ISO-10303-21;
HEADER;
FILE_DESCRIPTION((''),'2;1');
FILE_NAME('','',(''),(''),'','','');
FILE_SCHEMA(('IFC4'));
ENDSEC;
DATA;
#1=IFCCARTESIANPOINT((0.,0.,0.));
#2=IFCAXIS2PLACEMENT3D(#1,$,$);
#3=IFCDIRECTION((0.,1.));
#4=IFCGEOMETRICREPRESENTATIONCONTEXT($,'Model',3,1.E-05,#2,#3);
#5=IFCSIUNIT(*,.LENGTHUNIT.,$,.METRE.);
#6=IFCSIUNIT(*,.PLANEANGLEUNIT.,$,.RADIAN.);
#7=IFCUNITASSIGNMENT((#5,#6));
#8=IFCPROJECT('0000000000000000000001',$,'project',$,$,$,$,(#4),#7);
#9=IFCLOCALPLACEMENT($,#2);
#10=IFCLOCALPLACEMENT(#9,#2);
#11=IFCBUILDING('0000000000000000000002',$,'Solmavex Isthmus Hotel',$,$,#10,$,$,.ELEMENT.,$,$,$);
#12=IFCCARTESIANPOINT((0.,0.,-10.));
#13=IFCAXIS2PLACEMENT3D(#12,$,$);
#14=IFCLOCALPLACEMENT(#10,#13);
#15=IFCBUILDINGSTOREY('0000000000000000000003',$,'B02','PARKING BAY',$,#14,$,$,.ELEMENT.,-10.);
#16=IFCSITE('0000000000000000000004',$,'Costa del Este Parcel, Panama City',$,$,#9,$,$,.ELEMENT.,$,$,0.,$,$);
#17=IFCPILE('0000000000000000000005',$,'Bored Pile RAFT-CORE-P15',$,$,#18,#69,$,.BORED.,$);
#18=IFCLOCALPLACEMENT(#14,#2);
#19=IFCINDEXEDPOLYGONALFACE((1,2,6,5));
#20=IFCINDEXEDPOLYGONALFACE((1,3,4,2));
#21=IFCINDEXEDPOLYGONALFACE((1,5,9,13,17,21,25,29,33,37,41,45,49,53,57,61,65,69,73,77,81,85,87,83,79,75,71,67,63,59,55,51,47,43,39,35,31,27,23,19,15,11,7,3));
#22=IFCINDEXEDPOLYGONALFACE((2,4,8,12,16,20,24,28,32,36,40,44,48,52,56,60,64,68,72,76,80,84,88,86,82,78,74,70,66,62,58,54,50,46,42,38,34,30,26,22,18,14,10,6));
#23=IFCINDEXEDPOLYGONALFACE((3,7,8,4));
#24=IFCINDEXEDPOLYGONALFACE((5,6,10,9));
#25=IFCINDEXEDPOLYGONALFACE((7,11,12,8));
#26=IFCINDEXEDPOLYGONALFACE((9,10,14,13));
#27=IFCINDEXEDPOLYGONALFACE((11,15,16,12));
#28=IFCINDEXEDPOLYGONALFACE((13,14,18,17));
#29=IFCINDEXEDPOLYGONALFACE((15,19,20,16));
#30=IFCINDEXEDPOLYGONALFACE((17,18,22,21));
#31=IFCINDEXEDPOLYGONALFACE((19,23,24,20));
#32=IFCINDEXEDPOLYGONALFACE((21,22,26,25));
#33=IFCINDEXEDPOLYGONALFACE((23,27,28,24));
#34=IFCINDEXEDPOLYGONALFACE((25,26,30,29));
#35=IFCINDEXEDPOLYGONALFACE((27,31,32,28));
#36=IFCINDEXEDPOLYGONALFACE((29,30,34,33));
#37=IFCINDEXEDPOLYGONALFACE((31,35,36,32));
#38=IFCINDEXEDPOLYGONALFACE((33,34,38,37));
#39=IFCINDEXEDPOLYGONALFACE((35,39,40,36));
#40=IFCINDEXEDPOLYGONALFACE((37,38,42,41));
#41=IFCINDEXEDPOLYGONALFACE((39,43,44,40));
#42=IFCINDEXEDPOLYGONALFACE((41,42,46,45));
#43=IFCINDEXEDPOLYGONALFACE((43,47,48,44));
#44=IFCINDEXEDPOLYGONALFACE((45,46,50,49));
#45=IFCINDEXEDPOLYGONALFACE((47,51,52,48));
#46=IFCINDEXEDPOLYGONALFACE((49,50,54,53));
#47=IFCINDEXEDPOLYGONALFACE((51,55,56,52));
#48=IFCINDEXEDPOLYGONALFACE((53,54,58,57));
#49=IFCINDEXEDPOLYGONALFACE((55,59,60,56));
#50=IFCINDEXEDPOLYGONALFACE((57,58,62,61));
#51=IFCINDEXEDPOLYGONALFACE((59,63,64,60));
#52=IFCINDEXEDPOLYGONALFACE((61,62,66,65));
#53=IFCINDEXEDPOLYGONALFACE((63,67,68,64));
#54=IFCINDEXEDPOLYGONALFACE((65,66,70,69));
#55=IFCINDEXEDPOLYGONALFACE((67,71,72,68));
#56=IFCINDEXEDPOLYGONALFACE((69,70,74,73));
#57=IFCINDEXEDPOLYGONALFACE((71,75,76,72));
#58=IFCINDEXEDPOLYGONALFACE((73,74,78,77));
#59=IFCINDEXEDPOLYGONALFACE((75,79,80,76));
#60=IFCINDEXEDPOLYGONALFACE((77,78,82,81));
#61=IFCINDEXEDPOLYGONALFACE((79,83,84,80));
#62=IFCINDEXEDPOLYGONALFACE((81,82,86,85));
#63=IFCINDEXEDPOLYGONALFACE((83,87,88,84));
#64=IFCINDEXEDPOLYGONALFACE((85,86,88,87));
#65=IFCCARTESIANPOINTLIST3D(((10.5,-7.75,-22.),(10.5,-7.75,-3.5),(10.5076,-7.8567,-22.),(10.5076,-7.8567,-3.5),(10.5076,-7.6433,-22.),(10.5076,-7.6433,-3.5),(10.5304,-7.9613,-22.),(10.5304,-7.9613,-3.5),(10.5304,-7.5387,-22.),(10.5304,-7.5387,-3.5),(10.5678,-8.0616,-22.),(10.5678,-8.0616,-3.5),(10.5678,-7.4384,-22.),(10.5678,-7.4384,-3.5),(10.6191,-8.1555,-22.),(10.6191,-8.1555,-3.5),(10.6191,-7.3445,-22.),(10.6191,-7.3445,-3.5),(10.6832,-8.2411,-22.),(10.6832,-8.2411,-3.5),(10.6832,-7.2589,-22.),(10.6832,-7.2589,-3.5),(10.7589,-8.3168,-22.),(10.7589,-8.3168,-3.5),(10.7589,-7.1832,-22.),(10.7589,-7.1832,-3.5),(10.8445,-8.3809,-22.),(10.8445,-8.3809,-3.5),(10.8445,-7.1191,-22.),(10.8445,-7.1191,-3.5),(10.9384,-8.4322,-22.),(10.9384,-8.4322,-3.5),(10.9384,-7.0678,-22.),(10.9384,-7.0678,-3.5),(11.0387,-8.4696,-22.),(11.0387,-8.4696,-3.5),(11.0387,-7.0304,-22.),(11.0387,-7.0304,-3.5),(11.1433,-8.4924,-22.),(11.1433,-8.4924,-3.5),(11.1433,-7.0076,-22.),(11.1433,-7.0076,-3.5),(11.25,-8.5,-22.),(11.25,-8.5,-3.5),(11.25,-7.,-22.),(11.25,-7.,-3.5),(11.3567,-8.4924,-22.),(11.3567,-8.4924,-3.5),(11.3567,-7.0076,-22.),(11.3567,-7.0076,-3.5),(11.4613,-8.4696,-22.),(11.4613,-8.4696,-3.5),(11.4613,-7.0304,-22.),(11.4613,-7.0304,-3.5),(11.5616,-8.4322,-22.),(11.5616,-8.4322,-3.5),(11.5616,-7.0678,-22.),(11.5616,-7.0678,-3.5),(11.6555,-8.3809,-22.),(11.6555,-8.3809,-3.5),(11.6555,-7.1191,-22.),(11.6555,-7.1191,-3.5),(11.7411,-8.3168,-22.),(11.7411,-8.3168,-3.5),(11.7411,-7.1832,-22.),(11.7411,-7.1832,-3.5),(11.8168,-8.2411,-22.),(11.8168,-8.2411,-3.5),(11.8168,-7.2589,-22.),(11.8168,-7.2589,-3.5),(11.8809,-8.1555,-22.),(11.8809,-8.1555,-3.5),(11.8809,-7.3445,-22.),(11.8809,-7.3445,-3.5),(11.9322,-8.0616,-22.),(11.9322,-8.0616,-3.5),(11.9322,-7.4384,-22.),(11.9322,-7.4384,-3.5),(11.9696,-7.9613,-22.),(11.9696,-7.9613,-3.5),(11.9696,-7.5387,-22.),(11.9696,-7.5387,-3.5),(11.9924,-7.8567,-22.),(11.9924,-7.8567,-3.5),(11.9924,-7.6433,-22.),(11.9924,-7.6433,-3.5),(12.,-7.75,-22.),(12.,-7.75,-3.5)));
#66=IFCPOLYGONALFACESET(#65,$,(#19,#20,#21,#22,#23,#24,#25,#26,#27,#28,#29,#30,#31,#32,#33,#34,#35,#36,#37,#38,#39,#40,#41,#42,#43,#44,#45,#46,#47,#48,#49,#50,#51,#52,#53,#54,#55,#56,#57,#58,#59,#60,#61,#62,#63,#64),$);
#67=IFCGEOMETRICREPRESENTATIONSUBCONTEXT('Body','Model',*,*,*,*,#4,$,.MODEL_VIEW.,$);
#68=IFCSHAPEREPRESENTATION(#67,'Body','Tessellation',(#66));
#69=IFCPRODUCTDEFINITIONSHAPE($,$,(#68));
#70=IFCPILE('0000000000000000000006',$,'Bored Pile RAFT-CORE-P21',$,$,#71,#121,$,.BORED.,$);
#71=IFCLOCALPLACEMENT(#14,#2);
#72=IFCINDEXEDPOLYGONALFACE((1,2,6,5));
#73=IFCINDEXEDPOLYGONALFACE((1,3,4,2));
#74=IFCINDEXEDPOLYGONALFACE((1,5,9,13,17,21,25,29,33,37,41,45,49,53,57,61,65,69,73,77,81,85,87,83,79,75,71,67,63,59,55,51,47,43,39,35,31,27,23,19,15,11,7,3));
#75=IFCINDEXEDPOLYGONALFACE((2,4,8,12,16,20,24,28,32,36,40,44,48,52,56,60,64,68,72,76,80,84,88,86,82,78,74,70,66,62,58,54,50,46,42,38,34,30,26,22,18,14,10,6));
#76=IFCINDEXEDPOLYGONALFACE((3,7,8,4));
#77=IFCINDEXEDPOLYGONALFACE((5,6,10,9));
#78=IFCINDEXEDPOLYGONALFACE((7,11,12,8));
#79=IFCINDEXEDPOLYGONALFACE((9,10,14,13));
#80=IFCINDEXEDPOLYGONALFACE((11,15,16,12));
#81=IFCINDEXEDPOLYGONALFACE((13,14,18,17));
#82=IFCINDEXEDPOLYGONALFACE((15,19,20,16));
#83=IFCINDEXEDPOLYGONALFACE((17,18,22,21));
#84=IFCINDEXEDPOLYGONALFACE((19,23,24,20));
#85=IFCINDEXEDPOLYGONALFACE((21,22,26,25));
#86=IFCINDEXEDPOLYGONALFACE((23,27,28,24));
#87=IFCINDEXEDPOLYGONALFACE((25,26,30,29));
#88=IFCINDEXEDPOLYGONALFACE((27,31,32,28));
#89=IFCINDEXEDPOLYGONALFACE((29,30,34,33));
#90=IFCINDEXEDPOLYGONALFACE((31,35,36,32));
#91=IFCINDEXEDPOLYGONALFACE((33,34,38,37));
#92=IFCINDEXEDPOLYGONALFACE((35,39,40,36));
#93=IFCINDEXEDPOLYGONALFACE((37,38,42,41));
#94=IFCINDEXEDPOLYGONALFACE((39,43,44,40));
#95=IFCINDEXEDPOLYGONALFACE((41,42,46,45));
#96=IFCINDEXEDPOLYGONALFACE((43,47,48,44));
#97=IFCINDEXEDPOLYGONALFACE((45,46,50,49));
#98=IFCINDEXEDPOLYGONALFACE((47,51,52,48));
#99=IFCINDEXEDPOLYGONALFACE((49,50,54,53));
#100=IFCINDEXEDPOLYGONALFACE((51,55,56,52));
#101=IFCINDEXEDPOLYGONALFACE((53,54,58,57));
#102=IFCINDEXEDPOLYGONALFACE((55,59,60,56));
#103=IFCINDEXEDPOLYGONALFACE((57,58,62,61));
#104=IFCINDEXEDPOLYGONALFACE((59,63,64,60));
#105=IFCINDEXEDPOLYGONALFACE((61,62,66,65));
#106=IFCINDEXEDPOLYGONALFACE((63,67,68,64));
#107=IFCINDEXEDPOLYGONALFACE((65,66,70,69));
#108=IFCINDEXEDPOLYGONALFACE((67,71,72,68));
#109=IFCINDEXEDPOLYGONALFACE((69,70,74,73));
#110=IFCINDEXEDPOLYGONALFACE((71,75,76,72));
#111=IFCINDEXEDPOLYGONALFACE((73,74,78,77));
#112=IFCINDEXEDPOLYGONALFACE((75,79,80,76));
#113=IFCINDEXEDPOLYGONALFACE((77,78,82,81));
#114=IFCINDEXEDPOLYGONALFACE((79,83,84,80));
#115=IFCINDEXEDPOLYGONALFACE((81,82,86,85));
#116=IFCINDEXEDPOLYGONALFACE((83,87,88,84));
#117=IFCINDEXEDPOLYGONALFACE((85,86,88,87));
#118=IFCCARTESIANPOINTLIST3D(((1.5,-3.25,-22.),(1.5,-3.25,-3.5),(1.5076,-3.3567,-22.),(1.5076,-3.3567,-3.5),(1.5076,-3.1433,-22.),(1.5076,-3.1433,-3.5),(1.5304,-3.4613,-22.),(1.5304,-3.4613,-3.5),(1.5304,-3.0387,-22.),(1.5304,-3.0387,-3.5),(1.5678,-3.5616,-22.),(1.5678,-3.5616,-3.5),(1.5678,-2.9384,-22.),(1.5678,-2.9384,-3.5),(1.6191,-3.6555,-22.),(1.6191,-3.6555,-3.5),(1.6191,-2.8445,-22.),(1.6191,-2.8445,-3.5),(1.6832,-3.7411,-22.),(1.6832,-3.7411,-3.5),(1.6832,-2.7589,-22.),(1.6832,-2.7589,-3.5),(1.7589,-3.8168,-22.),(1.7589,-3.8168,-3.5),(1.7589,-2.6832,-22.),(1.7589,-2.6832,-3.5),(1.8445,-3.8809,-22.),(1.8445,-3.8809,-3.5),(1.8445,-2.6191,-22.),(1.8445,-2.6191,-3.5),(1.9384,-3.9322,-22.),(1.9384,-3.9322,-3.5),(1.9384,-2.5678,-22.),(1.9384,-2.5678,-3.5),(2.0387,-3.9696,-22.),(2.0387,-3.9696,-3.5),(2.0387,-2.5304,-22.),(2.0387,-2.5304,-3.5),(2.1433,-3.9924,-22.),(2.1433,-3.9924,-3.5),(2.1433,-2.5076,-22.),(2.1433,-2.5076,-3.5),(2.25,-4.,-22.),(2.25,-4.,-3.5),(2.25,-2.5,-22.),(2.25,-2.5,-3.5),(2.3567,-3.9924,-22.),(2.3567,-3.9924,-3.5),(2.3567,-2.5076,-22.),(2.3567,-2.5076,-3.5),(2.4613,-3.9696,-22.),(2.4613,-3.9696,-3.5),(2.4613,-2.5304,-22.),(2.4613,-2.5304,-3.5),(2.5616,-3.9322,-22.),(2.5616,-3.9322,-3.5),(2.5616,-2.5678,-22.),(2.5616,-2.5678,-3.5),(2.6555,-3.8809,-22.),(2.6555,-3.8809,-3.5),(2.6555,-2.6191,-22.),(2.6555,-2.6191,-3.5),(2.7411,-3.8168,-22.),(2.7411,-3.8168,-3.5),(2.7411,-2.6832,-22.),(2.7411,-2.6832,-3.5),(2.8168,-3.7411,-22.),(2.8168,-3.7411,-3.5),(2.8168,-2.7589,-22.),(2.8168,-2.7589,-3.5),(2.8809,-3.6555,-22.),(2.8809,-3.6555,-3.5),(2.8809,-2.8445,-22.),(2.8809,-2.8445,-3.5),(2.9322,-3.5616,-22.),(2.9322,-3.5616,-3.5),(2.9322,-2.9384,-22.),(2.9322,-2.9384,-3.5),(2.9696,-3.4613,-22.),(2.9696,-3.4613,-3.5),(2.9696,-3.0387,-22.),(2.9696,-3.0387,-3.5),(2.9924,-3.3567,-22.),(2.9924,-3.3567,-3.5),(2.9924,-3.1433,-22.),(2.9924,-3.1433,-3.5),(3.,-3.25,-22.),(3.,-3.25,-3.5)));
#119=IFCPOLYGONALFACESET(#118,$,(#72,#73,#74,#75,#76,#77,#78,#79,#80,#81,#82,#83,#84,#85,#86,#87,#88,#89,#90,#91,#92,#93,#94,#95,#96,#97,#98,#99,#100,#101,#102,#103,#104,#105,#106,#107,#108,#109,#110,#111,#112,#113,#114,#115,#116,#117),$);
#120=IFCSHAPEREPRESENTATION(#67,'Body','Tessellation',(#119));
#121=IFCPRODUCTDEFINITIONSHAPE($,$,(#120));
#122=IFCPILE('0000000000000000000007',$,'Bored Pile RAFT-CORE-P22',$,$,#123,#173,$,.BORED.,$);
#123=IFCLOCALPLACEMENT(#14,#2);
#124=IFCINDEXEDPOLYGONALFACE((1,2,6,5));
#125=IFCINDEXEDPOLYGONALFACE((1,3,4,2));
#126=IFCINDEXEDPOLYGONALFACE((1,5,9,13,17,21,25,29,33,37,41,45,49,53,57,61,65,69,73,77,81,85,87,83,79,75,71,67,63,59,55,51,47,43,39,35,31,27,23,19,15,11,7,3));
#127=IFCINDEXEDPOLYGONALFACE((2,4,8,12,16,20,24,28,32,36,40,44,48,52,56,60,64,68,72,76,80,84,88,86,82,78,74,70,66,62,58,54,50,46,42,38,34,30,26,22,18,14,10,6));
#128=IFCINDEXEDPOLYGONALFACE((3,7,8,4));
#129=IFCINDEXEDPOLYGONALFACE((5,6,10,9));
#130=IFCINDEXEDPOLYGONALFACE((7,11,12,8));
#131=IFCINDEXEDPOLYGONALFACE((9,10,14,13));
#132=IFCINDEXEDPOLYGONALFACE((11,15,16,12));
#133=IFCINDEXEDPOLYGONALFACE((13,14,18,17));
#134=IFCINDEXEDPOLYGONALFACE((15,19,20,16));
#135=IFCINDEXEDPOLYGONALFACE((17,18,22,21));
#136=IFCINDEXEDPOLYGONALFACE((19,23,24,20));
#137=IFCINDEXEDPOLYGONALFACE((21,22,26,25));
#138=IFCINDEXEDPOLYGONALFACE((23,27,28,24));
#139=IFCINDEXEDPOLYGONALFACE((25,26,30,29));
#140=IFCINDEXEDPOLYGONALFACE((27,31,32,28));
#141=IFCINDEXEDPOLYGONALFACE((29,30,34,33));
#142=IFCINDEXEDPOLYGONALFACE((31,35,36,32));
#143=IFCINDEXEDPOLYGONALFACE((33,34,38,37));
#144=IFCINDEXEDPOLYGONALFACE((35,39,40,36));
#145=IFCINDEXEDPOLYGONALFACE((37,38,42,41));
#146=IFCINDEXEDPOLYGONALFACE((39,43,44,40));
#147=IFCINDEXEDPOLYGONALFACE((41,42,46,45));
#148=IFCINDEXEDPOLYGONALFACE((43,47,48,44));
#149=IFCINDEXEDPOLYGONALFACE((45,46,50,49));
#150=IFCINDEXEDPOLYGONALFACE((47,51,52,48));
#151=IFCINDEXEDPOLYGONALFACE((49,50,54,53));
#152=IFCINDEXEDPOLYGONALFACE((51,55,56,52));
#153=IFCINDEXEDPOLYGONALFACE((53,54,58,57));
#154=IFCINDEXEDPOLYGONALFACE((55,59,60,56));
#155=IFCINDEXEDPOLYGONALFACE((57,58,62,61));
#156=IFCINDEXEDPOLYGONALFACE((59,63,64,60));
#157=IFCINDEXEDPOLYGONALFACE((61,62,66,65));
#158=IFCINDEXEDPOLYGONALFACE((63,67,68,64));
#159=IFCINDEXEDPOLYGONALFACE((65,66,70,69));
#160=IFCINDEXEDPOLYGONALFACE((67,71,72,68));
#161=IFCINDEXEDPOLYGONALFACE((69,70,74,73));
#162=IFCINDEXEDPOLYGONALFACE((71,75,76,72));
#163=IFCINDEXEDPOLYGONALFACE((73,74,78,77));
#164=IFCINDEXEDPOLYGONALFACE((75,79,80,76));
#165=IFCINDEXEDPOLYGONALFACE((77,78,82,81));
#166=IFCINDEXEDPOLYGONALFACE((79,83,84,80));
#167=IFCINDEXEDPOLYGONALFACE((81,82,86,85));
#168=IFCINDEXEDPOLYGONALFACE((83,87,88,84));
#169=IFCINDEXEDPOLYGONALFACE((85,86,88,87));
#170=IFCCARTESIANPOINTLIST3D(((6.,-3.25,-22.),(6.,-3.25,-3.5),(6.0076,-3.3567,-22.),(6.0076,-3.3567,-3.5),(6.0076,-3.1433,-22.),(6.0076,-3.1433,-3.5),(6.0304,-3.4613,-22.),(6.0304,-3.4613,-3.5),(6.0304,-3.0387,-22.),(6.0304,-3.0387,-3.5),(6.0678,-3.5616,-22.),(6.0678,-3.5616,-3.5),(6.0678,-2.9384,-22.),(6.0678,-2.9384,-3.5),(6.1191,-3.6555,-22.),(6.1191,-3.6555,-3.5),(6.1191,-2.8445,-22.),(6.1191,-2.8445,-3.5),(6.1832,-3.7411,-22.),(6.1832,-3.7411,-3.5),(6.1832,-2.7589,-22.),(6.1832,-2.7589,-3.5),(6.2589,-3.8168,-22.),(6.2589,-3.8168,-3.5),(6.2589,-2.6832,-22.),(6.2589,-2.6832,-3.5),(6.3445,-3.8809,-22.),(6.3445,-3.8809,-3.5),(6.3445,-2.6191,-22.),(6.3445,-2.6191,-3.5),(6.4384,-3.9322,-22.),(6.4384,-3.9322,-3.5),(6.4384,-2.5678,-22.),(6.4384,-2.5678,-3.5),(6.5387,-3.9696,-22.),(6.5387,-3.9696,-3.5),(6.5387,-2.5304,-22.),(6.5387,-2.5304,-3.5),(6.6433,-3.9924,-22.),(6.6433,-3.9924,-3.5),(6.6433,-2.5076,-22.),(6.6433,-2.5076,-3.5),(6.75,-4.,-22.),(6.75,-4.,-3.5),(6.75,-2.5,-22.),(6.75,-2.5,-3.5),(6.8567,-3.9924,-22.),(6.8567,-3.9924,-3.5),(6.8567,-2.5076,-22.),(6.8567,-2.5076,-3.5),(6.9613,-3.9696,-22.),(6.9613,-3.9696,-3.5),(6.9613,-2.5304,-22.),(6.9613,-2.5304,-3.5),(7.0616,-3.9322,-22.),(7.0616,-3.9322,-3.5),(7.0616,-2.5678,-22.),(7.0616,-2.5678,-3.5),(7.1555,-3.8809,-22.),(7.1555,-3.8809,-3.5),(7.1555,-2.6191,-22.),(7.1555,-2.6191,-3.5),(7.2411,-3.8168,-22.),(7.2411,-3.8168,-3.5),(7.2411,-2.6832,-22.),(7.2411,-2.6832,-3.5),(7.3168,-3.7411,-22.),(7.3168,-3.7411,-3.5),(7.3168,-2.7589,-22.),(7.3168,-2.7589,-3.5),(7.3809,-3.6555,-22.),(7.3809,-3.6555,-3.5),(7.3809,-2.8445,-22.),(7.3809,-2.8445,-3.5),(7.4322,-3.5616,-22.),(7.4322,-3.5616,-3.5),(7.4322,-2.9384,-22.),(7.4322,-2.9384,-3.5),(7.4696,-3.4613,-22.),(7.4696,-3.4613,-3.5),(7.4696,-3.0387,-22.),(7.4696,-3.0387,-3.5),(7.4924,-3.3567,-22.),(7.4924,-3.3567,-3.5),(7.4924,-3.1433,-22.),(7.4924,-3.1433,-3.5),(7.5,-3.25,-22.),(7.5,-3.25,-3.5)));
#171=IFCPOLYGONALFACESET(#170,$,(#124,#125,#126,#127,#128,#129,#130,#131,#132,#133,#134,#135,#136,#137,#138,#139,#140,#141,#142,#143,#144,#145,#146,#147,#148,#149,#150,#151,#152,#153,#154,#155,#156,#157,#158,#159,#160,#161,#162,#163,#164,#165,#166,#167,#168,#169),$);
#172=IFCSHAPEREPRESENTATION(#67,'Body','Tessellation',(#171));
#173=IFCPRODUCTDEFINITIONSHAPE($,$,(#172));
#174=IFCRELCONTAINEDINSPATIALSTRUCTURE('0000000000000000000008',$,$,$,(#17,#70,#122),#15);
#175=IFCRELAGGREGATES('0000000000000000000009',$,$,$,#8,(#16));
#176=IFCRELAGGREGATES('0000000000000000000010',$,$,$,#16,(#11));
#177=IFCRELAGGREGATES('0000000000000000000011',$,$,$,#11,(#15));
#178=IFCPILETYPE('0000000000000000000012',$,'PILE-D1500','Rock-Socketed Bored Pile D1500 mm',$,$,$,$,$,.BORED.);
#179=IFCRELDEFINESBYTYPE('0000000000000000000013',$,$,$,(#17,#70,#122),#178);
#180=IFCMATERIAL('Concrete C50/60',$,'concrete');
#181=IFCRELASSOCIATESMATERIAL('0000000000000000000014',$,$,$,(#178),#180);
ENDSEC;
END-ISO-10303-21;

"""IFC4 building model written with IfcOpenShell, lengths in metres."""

from ifc_helpers import new_model, si_unit, direction, frame, origin, origin_2d, place, context, subcontext, project, spatial, circle, extrude, material, material_profile, profile_set, type_object, element, save


model = new_model("IFC4")

# Units and contexts
model_context = context("Model", 3, precision=1e-05, world=origin(), true_north=direction((0.0, 1.0)))
body_context = subcontext(model_context, "Body", "Model", "MODEL_VIEW")
ifc_project = project(units=[si_unit("LENGTHUNIT", "METRE"), si_unit("PLANEANGLEUNIT", "RADIAN")], contexts=[model_context])

# Site, building, storey
site_placement = place(None, origin())
site = spatial("IfcSite", under=ifc_project, at=site_placement, Name="Costa del Este Parcel, Panama City", CompositionType="ELEMENT", RefElevation=0.0)
building_placement = place(site_placement, origin())
building = spatial("IfcBuilding", under=site, at=building_placement, Name="Solmavex Isthmus Hotel", CompositionType="ELEMENT")
storey_placement = place(building_placement, frame((0.0, 0.0, -10.0)))
storey = spatial("IfcBuildingStorey", under=building, at=storey_placement, Name="B02", Description="PARKING BAY", CompositionType="ELEMENT", Elevation=-10.0)

# Shared definitions
ifc_material_1 = material(Name="Concrete C50/60", Category="concrete")

# Piles
ifc_material_profile_1 = material_profile(ifc_material_1, circle(Radius=0.75, at=origin_2d()), Name="PILE1500")
ifc_profile_set_1 = profile_set([ifc_material_profile_1], Name="Concrete C50/60")
pile_type = type_object("IfcPileType", Name="PILE-D1500", Description="Rock-Socketed Bored Pile D1500 mm", PredefinedType="BORED", material=ifc_profile_set_1)
for number, where, z_axis, x_axis, name in (
    (1, (11.25, -7.75, -3.5), (0.0, 0.0, -1.0), (1.0, 0.0, 0.0), "Bored Pile RAFT-CORE-P15"),
    (2, (2.25, -3.25, -3.5), (0.0, 0.0, -1.0), (1.0, 0.0, 0.0), "Bored Pile RAFT-CORE-P21"),
    (3, (6.75, -3.25, -3.5), (0.0, 0.0, -1.0), (1.0, 0.0, 0.0), "Bored Pile RAFT-CORE-P22"),
):
    element("IfcPile", number, at=place(storey_placement, frame(where, z_axis=z_axis, x_axis=x_axis)), inside=storey, type_object=pile_type, Name=name, PredefinedType="BORED", context=body_context, shape_type="SweptSolid", body=[
        extrude(circle(Radius=0.75, at=origin_2d()), origin(), (0.0, 0.0, 1.0), 18.5),
    ])

save(model, "model.ifc")
